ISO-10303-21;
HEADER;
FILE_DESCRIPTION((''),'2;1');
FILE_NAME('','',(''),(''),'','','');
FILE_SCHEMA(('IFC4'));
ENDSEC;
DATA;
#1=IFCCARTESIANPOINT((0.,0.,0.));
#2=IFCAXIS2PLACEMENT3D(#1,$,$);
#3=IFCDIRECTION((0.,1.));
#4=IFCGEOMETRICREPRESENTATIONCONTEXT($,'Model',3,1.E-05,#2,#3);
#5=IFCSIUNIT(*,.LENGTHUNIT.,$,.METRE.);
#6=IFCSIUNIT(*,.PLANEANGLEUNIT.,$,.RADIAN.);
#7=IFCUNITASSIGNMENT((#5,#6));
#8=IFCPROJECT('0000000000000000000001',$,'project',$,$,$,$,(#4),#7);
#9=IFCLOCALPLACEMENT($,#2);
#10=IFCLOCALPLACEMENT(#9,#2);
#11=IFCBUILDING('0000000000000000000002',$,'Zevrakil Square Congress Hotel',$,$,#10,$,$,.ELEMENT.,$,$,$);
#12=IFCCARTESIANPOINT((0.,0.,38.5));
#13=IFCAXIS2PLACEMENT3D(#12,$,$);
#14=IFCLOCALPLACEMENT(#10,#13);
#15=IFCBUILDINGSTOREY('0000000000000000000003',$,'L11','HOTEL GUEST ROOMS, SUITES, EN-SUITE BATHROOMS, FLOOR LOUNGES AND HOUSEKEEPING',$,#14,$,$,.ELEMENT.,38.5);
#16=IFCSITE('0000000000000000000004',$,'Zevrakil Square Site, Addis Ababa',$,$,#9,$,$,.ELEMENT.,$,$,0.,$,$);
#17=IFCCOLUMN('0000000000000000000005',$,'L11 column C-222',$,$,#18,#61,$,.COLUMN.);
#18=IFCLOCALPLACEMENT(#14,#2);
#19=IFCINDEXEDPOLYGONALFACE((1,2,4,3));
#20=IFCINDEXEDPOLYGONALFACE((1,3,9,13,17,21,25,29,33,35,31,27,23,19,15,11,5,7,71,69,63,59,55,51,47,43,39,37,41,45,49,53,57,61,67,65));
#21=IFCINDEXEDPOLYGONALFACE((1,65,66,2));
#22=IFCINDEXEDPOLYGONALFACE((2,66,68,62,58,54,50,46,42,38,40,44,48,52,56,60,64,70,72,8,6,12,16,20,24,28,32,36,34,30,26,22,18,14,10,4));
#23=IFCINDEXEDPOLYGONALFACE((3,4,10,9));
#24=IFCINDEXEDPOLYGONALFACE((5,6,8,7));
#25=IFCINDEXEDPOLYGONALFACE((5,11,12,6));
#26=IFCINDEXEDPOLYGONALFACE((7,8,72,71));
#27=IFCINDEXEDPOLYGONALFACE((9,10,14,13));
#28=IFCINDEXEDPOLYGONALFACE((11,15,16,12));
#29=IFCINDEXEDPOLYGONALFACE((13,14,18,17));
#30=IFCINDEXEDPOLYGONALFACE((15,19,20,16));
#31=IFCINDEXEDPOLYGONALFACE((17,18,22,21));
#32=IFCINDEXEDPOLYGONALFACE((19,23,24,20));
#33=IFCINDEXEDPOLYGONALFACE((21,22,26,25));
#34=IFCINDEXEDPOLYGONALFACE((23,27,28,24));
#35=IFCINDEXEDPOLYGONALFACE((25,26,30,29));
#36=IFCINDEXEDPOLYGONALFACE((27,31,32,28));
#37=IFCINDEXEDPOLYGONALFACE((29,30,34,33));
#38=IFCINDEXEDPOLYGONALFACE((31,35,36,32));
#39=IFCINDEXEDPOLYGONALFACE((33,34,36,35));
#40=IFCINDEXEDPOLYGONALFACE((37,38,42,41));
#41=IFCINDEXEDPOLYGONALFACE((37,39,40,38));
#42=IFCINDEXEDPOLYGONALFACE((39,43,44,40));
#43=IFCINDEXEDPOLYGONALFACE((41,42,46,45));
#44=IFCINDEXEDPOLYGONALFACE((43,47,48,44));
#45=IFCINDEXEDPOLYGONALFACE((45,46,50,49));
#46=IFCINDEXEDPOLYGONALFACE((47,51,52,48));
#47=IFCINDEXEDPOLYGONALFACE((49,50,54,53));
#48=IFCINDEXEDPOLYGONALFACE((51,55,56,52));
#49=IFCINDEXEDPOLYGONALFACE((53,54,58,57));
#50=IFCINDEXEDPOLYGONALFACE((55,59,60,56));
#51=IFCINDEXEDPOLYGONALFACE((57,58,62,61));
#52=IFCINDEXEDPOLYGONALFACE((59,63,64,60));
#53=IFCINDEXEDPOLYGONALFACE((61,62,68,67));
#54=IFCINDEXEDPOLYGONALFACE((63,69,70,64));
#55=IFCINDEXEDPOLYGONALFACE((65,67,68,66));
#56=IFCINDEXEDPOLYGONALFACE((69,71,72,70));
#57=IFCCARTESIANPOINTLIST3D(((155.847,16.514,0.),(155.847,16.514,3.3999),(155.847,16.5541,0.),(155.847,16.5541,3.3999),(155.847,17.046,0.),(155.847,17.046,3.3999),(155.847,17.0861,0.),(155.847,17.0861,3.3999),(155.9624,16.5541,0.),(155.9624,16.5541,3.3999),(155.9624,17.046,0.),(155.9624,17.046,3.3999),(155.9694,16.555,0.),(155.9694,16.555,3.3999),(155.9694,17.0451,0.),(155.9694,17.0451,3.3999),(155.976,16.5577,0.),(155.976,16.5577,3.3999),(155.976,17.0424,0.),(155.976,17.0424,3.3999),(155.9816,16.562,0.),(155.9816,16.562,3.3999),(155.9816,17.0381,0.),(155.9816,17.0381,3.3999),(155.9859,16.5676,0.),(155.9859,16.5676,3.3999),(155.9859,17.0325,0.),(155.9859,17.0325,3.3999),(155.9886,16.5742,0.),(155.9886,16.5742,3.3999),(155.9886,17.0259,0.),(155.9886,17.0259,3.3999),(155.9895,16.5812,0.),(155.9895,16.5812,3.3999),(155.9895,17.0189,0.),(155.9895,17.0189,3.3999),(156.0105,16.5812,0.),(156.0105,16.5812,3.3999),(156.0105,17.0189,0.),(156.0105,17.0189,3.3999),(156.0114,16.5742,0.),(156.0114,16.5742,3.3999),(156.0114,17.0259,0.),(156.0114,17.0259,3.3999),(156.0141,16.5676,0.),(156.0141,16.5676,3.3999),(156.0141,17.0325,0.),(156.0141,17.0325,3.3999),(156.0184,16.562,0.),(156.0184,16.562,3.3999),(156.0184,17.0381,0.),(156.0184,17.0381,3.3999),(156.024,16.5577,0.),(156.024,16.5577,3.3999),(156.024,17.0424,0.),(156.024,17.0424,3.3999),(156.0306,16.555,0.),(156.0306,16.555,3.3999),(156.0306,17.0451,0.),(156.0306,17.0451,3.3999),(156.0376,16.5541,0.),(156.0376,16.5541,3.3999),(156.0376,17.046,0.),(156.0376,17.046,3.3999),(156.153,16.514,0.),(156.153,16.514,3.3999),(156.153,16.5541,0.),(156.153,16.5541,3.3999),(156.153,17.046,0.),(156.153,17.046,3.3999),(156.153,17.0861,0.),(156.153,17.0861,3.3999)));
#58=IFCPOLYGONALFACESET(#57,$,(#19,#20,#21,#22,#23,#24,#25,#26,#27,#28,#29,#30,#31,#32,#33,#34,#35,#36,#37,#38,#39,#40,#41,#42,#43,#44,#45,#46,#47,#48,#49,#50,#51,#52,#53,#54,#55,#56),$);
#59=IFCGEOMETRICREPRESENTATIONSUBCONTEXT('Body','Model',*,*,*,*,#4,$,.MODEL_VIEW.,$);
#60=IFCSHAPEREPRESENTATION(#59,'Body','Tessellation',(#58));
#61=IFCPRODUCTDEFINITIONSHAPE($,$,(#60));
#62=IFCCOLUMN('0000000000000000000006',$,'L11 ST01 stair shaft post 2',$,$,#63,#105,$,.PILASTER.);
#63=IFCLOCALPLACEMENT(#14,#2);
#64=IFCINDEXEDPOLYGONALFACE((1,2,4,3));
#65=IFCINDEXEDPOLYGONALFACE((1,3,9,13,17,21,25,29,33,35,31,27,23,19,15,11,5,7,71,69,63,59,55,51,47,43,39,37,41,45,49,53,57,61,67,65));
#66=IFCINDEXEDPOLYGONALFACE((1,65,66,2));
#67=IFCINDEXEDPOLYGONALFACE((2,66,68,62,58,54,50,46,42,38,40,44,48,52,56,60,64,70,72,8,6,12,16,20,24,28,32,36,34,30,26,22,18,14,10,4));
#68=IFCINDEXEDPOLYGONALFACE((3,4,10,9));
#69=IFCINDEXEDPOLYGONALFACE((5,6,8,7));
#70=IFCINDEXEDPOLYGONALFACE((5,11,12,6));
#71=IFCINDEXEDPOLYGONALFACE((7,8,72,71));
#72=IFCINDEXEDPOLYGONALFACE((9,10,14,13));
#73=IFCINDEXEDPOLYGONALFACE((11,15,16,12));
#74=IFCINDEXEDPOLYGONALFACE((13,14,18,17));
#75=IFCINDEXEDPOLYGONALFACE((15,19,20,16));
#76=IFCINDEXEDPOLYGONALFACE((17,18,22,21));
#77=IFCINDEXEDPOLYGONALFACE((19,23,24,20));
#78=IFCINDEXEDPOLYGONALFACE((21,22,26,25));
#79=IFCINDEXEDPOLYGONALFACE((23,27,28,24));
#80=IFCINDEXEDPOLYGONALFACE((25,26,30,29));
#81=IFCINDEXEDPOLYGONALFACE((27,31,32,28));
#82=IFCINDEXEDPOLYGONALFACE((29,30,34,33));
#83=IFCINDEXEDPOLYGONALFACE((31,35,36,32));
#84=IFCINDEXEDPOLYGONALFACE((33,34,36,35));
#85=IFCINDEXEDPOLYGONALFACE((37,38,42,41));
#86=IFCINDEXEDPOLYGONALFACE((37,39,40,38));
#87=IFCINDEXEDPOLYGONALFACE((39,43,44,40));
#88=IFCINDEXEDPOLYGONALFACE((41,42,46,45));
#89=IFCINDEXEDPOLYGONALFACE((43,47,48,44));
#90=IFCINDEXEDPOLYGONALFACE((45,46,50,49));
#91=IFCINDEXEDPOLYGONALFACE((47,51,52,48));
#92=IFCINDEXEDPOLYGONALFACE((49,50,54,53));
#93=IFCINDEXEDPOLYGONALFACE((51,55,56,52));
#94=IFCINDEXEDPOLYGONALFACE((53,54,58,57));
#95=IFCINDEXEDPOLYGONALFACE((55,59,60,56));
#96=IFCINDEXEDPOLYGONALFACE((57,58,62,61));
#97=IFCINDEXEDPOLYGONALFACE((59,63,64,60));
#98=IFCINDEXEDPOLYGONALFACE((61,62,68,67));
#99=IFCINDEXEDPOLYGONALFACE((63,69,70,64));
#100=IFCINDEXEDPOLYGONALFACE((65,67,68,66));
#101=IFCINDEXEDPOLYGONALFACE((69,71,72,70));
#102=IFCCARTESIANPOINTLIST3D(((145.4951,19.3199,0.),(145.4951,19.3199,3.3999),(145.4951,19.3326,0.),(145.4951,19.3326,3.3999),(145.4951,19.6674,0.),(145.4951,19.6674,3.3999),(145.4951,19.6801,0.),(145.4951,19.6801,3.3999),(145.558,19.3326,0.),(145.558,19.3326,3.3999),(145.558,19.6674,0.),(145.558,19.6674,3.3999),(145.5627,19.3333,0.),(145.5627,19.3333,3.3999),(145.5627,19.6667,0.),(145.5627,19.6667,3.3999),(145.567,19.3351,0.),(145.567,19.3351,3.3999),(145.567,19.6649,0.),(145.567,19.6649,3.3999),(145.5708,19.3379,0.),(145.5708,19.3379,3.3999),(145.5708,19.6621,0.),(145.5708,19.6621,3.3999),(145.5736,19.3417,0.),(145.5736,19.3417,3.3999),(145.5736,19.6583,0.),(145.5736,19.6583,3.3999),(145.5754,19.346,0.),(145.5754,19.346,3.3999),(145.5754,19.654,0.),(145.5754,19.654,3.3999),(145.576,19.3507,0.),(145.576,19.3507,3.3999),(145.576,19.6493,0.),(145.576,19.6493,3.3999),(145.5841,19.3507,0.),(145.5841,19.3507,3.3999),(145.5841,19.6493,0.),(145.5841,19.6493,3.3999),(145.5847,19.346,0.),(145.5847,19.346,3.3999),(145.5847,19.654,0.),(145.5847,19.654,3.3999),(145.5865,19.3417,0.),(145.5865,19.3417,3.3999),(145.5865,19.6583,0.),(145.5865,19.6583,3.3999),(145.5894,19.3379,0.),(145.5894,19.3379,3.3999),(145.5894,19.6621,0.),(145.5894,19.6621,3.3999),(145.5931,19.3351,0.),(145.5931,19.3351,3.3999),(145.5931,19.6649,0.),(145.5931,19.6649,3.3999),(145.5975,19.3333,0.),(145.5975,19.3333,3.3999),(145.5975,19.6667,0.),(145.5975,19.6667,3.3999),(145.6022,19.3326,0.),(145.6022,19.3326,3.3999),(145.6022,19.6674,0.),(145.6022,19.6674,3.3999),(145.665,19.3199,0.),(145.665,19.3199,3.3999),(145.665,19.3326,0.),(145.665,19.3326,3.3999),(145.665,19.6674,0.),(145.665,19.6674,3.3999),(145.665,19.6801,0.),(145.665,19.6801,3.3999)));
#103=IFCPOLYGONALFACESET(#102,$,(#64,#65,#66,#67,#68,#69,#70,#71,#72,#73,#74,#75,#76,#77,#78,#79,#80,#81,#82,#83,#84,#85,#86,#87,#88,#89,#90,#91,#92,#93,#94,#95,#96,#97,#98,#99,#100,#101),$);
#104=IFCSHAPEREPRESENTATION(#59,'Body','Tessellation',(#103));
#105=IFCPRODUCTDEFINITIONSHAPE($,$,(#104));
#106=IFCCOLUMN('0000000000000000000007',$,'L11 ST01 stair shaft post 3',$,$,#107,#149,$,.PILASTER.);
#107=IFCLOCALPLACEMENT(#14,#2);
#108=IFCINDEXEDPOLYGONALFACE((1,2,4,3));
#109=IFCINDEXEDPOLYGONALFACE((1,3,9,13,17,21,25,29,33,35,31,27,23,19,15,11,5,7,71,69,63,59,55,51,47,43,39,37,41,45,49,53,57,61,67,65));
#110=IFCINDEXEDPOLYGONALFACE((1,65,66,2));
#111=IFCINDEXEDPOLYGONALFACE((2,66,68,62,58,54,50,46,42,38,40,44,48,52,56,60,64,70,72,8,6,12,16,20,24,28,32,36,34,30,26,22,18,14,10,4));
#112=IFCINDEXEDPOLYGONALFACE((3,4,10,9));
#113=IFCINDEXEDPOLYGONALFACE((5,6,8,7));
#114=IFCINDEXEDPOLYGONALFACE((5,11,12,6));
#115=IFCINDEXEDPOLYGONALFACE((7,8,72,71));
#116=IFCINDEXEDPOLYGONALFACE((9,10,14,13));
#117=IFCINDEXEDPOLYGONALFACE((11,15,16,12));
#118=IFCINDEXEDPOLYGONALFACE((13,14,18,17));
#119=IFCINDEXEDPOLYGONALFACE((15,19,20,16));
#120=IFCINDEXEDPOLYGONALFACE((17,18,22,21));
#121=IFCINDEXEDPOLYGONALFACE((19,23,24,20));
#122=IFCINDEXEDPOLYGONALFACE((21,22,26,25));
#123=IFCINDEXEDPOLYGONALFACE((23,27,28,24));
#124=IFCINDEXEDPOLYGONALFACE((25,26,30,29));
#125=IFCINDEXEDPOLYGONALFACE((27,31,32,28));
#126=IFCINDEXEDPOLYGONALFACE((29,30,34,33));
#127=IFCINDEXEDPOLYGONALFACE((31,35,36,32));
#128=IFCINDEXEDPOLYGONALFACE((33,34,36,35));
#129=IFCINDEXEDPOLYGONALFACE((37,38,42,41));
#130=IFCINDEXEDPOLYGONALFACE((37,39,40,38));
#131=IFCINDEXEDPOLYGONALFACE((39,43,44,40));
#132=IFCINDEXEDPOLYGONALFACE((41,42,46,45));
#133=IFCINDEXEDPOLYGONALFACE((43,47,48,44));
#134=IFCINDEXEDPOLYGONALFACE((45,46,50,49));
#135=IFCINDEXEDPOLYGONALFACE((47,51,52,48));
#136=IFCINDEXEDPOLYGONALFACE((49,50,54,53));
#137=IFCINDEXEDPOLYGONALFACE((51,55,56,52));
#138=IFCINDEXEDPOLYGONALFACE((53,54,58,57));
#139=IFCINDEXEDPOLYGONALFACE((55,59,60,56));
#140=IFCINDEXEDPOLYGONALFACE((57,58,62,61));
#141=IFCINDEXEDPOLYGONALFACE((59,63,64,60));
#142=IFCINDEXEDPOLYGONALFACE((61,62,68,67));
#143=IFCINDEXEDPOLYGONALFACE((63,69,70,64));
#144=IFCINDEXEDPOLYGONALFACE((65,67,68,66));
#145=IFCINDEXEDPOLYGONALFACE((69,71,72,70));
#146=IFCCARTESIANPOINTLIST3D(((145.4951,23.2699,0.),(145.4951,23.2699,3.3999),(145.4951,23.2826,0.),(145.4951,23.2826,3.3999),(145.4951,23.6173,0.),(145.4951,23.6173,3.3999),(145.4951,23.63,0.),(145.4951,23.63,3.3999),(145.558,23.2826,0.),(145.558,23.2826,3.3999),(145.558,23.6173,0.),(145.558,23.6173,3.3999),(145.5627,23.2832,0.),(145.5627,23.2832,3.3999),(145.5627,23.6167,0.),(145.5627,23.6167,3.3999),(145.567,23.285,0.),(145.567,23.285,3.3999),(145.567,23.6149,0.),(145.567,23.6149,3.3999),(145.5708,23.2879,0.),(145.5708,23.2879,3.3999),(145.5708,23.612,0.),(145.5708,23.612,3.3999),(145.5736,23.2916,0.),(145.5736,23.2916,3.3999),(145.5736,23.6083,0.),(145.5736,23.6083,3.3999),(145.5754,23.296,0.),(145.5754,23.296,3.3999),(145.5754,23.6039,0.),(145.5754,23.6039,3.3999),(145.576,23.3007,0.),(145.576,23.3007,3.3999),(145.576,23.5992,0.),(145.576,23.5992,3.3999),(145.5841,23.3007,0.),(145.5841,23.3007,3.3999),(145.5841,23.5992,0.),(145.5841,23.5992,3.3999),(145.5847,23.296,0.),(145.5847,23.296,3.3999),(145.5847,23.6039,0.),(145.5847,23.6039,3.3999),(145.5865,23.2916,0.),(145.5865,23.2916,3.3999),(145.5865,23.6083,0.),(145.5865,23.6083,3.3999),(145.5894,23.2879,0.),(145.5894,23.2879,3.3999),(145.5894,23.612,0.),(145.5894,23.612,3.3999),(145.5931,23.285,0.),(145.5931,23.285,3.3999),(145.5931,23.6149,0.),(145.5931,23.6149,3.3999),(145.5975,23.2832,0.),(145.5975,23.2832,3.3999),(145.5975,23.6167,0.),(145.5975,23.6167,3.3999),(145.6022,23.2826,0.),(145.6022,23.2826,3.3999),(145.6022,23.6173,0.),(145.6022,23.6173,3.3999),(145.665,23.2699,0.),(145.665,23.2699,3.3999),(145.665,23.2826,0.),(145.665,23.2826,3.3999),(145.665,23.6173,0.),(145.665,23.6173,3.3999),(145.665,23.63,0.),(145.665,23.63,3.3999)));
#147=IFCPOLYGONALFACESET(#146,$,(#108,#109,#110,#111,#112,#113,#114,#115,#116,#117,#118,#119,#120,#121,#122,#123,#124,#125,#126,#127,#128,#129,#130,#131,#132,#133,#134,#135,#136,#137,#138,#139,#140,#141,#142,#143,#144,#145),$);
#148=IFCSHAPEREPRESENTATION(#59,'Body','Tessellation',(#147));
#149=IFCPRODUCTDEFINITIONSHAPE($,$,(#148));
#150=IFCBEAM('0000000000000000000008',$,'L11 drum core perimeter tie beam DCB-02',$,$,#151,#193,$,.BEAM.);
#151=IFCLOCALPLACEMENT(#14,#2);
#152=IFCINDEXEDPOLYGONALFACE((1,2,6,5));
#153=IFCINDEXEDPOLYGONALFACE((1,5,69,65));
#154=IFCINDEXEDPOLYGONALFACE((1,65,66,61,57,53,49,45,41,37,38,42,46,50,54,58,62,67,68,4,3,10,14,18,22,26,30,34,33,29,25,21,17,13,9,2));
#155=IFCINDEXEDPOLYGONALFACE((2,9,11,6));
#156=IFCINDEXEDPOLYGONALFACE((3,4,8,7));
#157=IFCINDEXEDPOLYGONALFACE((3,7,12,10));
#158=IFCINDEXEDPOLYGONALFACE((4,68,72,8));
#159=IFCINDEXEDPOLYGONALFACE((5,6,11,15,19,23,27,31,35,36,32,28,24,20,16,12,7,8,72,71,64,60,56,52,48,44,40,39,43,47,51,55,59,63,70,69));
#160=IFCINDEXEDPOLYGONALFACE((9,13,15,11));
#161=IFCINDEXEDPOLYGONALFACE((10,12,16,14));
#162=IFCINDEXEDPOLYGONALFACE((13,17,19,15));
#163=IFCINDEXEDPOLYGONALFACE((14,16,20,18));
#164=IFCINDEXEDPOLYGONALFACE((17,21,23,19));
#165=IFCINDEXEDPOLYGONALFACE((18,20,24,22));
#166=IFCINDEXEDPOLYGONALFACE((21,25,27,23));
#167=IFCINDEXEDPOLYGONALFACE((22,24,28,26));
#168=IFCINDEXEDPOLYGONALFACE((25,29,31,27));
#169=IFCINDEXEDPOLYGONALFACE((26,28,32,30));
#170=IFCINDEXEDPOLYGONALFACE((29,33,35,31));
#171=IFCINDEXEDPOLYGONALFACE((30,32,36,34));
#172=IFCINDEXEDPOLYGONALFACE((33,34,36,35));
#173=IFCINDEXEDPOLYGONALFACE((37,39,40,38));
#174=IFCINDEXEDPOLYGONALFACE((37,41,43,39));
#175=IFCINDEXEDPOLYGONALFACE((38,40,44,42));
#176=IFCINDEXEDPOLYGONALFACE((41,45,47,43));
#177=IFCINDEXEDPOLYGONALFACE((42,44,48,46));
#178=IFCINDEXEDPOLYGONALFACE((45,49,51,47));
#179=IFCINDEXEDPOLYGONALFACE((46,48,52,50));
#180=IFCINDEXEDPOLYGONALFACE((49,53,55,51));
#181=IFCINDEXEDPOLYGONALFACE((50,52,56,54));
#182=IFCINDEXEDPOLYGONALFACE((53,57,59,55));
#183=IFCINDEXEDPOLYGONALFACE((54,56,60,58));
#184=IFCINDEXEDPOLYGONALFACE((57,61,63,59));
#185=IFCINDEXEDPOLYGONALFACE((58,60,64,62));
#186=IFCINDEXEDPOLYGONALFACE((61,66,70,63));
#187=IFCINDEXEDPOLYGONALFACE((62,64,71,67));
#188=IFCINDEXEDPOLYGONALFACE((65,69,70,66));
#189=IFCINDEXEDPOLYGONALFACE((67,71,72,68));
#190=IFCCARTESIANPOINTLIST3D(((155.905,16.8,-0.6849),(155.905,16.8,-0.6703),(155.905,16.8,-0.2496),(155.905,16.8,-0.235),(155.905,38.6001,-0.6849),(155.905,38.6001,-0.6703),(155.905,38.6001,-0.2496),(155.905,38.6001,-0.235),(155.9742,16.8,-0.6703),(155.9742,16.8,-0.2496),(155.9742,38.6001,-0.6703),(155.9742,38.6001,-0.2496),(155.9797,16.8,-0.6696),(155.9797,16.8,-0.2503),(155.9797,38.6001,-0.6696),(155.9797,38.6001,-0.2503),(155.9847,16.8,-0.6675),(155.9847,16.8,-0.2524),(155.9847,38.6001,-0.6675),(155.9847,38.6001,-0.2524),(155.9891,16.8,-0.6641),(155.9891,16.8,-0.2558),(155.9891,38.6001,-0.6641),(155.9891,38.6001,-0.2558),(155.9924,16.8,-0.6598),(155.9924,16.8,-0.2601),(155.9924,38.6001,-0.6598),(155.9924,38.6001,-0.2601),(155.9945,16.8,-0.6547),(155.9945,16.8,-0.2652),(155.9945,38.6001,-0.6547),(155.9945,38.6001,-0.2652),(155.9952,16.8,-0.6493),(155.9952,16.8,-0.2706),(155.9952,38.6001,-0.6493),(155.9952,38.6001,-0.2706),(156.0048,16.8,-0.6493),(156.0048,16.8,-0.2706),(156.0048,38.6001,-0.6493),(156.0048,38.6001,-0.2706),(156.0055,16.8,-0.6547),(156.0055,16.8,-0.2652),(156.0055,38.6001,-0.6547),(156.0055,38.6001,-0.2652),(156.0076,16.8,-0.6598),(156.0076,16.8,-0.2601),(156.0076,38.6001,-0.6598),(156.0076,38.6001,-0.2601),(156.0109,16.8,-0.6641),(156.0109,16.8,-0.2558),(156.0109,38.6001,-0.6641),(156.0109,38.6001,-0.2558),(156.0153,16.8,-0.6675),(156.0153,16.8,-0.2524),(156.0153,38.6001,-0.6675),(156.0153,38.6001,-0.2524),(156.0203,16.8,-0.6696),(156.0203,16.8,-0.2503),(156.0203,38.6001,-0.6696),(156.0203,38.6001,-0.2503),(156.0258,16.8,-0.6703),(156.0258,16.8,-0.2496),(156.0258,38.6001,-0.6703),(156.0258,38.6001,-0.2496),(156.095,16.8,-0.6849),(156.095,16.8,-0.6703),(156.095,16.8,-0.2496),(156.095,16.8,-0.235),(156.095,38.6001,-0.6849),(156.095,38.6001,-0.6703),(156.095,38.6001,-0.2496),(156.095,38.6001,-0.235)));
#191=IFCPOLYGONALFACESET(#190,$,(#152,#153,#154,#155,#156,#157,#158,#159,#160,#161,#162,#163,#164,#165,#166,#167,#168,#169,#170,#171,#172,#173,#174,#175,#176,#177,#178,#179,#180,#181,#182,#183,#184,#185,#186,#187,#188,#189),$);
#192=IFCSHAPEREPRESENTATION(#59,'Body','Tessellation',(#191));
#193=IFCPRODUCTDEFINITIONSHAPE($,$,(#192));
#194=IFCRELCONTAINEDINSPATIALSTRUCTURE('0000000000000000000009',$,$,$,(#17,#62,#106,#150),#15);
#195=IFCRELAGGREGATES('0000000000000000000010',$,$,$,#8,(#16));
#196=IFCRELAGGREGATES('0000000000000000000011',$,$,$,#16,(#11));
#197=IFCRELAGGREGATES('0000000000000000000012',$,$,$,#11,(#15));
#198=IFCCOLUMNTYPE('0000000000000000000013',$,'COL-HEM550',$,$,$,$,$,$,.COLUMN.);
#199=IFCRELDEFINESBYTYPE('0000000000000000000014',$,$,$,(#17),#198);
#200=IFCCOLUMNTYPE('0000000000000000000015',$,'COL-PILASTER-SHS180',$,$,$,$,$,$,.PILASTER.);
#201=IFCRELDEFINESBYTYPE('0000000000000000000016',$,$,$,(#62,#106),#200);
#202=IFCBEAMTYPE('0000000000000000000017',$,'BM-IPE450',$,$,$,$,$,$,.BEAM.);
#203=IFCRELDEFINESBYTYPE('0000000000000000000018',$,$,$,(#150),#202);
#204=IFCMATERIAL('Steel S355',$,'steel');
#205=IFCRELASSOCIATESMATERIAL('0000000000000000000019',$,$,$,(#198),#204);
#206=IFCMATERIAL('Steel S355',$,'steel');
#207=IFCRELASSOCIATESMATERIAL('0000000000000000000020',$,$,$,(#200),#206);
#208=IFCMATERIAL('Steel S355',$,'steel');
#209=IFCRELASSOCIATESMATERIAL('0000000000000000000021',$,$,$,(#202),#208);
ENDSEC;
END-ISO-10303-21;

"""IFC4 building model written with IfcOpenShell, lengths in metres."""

from ifc_helpers import new_model, si_unit, direction, frame, origin, origin_2d, place, context, subcontext, project, spatial, i_section, extrude, material, material_profile, profile_set, type_object, element, save


model = new_model("IFC4")

# Units and contexts
model_context = context("Model", 3, precision=1e-05, world=origin(), true_north=direction((0.0, 1.0)))
body_context = subcontext(model_context, "Body", "Model", "MODEL_VIEW")
ifc_project = project(units=[si_unit("LENGTHUNIT", "METRE"), si_unit("PLANEANGLEUNIT", "RADIAN")], contexts=[model_context])

# Site, building, storey
site_placement = place(None, origin())
site = spatial("IfcSite", under=ifc_project, at=site_placement, Name="Zevrakil Square Site, Addis Ababa", CompositionType="ELEMENT", RefElevation=0.0)
building_placement = place(site_placement, origin())
building = spatial("IfcBuilding", under=site, at=building_placement, Name="Zevrakil Square Congress Hotel", CompositionType="ELEMENT")
storey_placement = place(building_placement, frame((0.0, 0.0, 38.5)))
storey = spatial("IfcBuildingStorey", under=building, at=storey_placement, Name="L11", Description="HOTEL GUEST ROOMS, SUITES, EN-SUITE BATHROOMS, FLOOR LOUNGES AND HOUSEKEEPING", CompositionType="ELEMENT", Elevation=38.5)

# Columns
ifc_material_1 = material(Name="Steel S355", Category="steel")
ifc_material_profile_1 = material_profile(ifc_material_1, i_section(OverallWidth=0.3059, OverallDepth=0.572, WebThickness=0.021, FlangeThickness=0.04, FilletRadius=0.0271, at=origin_2d()), Name="HEM 550")
ifc_profile_set_1 = profile_set([ifc_material_profile_1], Name="Steel S355")
column_type_1 = type_object("IfcColumnType", Name="COL-HEM550", PredefinedType="COLUMN", material=ifc_profile_set_1)
column_placement = place(storey_placement, frame((156.0, 16.8, 0.0), z_axis=(0.0, 0.0, 1.0), x_axis=(1.0, 0.0, 0.0)))
element("IfcColumn", 1, at=column_placement, inside=storey, type_object=column_type_1, Name="L11 column C-222", PredefinedType="COLUMN", context=body_context, shape_type="SweptSolid", body=[
    extrude(i_section(OverallWidth=0.3059, OverallDepth=0.572, WebThickness=0.021, FlangeThickness=0.04, FilletRadius=0.0271, at=origin_2d()), origin(), (0.0, 0.0, 1.0), 3.3999),
])
ifc_material_2 = material(Name="Steel S355", Category="steel")
ifc_material_profile_2 = material_profile(ifc_material_2, i_section(OverallWidth=0.1699, OverallDepth=0.3601, WebThickness=0.0081, FlangeThickness=0.0127, FilletRadius=0.0181, at=origin_2d()), Name="IPE 360")
ifc_profile_set_2 = profile_set([ifc_material_profile_2], Name="Steel S355")
column_type_2 = type_object("IfcColumnType", Name="COL-PILASTER-SHS180", PredefinedType="PILASTER", material=ifc_profile_set_2)
for number, where, z_axis, x_axis, name in (
    (2, (145.5801, 19.5, 0.0), (0.0, 0.0, 1.0), (1.0, 0.0, 0.0), "L11 ST01 stair shaft post 2"),
    (3, (145.5801, 23.45, 0.0), (0.0, 0.0, 1.0), (1.0, 0.0, 0.0), "L11 ST01 stair shaft post 3"),
):
    element("IfcColumn", number, at=place(storey_placement, frame(where, z_axis=z_axis, x_axis=x_axis)), inside=storey, type_object=column_type_2, Name=name, PredefinedType="PILASTER", context=body_context, shape_type="SweptSolid", body=[
        extrude(i_section(OverallWidth=0.1699, OverallDepth=0.3601, WebThickness=0.0081, FlangeThickness=0.0127, FilletRadius=0.0181, at=origin_2d()), origin(), (0.0, 0.0, 1.0), 3.3999),
    ])

# Beam
ifc_material_3 = material(Name="Steel S355", Category="steel")
ifc_material_profile_3 = material_profile(ifc_material_3, i_section(OverallWidth=0.1899, OverallDepth=0.45, WebThickness=0.0095, FlangeThickness=0.0146, FilletRadius=0.021, at=origin_2d()), Name="IPE 450")
ifc_profile_set_3 = profile_set([ifc_material_profile_3], Name="Steel S355")
beam_type_1 = type_object("IfcBeamType", Name="BM-IPE450", PredefinedType="BEAM", material=ifc_profile_set_3)
beam_placement = place(storey_placement, frame((156.0, 16.8, -0.46), z_axis=(0.0, 1.0, 0.0), x_axis=(-1.0, 0.0, 0.0)))
element("IfcBeam", 4, at=beam_placement, inside=storey, type_object=beam_type_1, Name="L11 drum core perimeter tie beam DCB-02", PredefinedType="BEAM", context=body_context, shape_type="SweptSolid", body=[
    extrude(i_section(OverallWidth=0.1899, OverallDepth=0.45, WebThickness=0.0095, FlangeThickness=0.0146, FilletRadius=0.021, at=origin_2d()), origin(), (0.0, 0.0, 1.0), 21.8),
])

save(model, "model.ifc")
